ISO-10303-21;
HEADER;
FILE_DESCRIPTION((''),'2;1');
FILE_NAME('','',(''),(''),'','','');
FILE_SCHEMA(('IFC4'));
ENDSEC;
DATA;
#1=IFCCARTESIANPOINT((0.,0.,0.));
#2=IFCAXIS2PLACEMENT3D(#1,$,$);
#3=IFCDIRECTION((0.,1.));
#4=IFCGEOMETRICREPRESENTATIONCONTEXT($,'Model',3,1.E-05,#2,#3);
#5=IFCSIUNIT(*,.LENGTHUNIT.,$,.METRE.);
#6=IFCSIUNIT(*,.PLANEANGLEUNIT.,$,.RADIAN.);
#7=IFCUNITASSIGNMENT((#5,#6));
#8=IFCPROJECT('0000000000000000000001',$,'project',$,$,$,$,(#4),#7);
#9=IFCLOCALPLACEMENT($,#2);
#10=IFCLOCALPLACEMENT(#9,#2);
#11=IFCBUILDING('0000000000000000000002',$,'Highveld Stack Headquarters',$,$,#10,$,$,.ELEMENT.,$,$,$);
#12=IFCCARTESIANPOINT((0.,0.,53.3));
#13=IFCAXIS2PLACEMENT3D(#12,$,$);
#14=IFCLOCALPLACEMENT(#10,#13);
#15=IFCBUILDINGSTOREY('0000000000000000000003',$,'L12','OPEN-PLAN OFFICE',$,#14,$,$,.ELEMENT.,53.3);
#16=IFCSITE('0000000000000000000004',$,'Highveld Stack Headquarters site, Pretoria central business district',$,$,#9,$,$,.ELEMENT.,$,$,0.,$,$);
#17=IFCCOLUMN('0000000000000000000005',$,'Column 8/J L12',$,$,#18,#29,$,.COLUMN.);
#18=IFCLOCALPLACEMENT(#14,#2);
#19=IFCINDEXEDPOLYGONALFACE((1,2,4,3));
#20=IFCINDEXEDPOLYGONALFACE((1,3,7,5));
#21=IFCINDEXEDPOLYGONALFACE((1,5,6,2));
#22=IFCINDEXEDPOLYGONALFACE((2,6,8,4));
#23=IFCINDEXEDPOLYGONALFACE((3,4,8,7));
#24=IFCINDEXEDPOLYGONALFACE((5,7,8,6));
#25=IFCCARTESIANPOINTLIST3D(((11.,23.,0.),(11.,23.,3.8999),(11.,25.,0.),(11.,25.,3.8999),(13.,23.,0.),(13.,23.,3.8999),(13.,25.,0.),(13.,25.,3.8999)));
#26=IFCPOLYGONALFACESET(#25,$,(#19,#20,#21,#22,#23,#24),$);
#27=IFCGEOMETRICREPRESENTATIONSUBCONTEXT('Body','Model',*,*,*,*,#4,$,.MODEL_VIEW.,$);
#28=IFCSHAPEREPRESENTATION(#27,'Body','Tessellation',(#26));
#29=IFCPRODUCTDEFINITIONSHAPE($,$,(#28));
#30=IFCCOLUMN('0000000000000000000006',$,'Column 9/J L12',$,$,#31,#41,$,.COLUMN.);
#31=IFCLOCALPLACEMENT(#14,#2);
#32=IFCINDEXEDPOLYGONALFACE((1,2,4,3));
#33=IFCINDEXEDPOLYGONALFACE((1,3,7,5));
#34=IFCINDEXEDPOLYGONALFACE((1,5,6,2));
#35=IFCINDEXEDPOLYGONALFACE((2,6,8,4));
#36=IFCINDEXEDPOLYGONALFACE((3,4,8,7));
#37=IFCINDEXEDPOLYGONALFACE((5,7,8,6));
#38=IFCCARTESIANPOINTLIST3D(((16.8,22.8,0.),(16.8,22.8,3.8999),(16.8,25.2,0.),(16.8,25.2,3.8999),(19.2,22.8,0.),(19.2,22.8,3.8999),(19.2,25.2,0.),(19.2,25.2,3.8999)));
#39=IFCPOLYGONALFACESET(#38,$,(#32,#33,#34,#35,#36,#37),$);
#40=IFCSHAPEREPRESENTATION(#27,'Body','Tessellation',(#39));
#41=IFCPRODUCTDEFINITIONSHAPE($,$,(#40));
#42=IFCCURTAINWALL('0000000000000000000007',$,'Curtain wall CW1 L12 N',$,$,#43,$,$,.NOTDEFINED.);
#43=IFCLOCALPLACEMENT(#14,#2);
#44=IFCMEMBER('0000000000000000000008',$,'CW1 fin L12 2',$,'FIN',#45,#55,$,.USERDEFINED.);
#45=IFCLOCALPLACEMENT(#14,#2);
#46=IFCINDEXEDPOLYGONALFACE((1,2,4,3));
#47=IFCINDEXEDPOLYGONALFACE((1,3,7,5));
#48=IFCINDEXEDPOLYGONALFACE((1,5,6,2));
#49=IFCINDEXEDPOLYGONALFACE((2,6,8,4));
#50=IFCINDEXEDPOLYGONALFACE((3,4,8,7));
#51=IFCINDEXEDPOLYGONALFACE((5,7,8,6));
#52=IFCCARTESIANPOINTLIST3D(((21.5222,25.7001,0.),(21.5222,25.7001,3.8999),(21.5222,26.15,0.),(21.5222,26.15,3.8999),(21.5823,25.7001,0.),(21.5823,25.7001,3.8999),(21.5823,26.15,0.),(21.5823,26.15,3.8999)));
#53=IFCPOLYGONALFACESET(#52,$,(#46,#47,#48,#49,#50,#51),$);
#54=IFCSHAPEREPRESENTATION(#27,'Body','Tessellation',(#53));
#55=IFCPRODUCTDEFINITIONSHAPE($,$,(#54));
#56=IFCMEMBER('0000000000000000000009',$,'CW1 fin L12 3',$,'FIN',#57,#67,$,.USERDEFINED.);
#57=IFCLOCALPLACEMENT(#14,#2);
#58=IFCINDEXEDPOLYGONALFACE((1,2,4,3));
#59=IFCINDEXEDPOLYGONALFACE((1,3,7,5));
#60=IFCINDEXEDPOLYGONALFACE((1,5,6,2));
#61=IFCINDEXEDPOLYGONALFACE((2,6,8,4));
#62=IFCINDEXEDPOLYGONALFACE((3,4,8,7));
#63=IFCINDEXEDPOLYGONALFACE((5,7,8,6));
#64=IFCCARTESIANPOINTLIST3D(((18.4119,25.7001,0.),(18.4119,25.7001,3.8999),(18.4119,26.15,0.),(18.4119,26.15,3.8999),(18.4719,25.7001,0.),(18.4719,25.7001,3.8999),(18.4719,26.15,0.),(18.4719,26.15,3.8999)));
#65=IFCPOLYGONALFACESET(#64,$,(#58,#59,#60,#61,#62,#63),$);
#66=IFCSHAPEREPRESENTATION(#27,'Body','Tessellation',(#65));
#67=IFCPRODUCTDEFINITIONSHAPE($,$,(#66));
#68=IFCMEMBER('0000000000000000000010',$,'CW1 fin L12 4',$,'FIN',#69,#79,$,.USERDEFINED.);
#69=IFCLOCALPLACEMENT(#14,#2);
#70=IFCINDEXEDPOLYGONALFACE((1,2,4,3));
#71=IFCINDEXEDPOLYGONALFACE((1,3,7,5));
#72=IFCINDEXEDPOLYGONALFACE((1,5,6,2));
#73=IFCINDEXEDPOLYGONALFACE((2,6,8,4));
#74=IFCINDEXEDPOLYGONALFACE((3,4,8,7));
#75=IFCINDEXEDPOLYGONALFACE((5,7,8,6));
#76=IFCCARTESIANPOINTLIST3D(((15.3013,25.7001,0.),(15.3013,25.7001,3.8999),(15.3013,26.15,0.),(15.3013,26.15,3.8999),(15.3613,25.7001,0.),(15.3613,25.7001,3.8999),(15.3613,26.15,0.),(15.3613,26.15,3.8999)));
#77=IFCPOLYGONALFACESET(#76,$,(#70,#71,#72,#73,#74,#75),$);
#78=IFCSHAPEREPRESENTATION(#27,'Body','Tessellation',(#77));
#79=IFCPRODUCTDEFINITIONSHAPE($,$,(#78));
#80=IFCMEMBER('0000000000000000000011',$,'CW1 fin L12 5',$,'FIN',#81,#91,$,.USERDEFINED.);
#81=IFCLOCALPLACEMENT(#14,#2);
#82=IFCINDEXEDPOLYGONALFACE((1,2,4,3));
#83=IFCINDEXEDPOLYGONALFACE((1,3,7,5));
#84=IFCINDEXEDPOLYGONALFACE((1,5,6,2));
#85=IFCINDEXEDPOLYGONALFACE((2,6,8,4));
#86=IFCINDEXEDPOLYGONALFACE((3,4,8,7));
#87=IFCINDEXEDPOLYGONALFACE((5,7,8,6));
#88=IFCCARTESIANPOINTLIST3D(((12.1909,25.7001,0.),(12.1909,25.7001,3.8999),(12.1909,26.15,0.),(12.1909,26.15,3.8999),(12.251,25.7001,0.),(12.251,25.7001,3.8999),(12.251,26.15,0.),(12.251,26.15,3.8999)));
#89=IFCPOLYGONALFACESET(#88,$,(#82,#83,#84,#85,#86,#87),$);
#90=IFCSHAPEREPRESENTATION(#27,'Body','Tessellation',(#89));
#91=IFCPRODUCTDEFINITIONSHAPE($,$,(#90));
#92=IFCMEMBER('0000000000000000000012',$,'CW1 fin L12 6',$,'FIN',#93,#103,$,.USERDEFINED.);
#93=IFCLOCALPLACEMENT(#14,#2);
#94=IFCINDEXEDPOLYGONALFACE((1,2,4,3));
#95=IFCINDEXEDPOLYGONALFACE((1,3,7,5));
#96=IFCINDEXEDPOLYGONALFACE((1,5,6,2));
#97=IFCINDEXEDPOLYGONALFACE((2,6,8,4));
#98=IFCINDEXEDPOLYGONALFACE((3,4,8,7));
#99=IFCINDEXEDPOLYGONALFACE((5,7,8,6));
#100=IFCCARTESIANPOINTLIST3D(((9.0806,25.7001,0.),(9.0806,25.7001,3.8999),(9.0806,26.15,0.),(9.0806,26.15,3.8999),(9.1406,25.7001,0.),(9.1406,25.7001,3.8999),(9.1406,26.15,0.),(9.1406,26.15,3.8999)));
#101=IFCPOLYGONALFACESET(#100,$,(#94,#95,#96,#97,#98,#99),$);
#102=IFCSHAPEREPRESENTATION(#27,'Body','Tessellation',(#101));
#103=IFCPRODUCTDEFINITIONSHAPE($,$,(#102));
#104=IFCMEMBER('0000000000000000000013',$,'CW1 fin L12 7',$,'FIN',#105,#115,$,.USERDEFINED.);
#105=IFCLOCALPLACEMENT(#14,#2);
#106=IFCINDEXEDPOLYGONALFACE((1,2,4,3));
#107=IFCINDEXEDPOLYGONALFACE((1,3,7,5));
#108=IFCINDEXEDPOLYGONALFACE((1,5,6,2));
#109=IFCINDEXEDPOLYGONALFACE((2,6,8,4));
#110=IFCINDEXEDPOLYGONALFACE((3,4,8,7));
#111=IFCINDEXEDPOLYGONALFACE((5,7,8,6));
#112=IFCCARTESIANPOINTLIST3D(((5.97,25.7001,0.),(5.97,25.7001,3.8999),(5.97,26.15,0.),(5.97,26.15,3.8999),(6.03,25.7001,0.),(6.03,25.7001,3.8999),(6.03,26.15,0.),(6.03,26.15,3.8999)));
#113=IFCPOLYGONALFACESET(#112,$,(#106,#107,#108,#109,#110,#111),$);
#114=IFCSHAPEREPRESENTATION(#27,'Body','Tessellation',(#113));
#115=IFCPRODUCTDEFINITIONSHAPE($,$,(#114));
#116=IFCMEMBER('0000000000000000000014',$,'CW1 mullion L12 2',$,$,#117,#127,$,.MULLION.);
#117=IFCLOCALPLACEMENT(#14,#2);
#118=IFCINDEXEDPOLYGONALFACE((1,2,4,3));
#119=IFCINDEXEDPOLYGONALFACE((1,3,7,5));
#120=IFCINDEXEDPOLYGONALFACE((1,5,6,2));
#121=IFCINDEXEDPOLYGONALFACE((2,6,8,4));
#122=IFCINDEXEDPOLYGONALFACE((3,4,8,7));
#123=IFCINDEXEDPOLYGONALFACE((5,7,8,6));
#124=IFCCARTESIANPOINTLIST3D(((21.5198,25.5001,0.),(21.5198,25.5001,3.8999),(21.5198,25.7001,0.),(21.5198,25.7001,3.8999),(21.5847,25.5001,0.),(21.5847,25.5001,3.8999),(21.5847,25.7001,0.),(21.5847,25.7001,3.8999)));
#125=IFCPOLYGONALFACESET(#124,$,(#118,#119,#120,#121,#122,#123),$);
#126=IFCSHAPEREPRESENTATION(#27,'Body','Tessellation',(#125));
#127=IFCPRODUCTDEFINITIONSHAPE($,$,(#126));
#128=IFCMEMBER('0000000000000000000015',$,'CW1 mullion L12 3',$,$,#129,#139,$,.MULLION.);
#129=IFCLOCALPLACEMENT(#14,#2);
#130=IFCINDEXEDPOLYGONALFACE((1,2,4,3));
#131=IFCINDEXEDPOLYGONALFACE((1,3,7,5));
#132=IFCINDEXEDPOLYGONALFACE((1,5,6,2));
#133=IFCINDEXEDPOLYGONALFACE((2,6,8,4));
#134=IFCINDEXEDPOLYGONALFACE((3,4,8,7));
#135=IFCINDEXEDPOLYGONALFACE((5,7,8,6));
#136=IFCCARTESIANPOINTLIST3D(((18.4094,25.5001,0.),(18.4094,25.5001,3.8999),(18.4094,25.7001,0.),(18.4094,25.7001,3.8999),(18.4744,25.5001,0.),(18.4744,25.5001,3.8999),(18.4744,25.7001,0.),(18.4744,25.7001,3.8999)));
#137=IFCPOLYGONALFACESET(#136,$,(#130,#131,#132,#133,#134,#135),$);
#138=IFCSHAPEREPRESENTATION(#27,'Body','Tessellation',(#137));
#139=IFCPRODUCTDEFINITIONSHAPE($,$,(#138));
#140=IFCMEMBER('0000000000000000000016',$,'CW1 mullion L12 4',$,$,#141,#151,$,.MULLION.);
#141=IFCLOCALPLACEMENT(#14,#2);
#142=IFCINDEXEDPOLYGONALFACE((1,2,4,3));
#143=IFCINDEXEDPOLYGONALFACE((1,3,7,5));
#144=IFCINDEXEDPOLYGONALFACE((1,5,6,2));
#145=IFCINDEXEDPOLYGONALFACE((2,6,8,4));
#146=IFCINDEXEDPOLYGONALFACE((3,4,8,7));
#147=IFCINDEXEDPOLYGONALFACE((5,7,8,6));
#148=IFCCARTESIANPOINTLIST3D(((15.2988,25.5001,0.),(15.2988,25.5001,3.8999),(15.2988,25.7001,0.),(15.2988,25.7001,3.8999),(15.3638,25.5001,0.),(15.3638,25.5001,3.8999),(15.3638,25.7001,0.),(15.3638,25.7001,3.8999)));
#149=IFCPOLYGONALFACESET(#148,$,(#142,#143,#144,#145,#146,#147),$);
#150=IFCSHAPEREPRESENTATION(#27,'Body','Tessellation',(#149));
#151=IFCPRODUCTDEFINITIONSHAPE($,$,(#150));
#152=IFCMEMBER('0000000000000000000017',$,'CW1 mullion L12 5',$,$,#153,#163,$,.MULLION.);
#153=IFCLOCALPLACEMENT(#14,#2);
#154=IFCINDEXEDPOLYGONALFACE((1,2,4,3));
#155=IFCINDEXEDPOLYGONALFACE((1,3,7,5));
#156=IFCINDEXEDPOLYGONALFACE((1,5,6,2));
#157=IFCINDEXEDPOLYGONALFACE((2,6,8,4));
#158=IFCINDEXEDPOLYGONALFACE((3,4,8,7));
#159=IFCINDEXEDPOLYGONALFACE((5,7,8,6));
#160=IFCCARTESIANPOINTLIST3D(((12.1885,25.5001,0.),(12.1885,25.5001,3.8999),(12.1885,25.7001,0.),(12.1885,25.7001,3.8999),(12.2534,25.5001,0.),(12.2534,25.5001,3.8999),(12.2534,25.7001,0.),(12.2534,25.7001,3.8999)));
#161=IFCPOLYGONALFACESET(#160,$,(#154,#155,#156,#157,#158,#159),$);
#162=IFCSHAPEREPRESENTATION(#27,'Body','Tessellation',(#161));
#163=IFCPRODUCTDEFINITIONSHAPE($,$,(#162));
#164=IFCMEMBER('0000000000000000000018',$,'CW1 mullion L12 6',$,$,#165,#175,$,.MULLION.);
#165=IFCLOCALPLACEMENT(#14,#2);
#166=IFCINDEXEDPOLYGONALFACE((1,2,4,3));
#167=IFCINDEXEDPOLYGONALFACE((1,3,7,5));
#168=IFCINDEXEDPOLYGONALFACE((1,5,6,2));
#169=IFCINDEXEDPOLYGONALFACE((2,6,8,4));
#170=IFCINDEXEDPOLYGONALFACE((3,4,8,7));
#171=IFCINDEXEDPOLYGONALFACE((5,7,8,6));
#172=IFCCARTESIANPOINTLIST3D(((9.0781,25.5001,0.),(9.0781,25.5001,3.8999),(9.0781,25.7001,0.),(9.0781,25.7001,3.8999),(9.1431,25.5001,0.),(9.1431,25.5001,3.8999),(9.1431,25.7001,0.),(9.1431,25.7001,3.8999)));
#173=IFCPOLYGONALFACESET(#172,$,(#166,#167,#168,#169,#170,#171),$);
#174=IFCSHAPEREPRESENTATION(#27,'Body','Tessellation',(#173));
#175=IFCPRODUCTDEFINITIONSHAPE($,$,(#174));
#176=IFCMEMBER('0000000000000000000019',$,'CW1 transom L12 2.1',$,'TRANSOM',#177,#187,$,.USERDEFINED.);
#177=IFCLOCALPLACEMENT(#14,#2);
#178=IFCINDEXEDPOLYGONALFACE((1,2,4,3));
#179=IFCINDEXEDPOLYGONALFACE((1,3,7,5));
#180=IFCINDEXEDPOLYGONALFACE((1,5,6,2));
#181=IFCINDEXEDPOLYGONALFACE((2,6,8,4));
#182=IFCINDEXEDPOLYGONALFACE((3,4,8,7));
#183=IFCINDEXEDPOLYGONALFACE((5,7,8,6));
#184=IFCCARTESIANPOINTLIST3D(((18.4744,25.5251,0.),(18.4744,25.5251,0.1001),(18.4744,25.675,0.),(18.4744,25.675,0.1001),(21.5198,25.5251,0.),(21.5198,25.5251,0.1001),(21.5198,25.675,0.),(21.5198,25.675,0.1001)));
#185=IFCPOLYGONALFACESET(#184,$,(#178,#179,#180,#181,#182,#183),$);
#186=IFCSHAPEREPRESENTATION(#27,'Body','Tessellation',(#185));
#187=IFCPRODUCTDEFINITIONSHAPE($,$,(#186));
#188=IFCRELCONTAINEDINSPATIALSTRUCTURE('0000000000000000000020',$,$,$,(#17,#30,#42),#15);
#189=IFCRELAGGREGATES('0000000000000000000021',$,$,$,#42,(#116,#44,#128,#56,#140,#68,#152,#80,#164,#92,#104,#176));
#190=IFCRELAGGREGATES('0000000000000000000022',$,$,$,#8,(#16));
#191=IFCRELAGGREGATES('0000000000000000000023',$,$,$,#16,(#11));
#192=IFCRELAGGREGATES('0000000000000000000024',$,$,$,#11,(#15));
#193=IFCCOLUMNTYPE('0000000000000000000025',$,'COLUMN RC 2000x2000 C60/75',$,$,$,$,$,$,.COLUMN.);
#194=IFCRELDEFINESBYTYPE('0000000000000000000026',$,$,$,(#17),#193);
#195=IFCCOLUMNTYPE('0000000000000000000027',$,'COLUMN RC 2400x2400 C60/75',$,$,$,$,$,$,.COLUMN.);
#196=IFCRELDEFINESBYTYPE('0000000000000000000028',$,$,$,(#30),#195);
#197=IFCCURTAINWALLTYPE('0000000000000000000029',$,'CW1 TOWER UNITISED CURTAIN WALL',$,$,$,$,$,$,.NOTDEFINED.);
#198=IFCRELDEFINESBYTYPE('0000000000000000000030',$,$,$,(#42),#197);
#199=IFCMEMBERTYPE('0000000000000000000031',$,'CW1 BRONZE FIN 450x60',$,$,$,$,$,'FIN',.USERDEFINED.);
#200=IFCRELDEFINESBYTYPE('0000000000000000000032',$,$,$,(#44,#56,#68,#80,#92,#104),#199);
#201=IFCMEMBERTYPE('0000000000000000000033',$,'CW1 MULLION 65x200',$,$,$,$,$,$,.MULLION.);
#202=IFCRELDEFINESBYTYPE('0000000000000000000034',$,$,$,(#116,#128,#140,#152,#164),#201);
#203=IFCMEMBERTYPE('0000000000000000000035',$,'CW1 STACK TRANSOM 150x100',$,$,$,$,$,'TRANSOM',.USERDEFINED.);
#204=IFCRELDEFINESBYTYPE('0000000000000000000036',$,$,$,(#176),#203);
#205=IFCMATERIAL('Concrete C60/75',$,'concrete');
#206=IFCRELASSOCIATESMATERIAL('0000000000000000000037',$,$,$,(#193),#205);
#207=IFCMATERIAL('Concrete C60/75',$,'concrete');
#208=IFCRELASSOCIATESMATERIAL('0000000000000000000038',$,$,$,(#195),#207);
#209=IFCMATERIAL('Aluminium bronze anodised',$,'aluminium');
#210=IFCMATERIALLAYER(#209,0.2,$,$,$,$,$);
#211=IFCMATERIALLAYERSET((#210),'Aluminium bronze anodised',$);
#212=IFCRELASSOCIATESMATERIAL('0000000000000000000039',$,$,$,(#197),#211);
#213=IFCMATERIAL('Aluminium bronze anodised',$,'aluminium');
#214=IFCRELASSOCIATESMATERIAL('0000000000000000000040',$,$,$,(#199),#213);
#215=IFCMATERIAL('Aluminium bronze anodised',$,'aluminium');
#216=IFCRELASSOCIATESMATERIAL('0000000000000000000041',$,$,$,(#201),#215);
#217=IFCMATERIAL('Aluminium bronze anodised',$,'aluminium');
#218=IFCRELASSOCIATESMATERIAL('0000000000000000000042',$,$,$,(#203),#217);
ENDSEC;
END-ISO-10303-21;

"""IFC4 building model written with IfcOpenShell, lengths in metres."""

from ifc_helpers import new_model, si_unit, direction, frame, origin, origin_2d, place, context, subcontext, project, spatial, rectangle, extrude, material, layer, layer_set, material_profile, profile_set, type_object, element, aggregate, save


model = new_model("IFC4")

# Units and contexts
model_context = context("Model", 3, precision=1e-05, world=origin(), true_north=direction((0.0, 1.0)))
body_context = subcontext(model_context, "Body", "Model", "MODEL_VIEW")
ifc_project = project(units=[si_unit("LENGTHUNIT", "METRE"), si_unit("PLANEANGLEUNIT", "RADIAN")], contexts=[model_context])

# Site, building, storey
site_placement = place(None, origin())
site = spatial("IfcSite", under=ifc_project, at=site_placement, Name="Highveld Stack Headquarters site, Pretoria central business district", CompositionType="ELEMENT", RefElevation=0.0)
building_placement = place(site_placement, origin())
building = spatial("IfcBuilding", under=site, at=building_placement, Name="Highveld Stack Headquarters", CompositionType="ELEMENT")
storey_placement = place(building_placement, frame((0.0, 0.0, 53.3)))
storey = spatial("IfcBuildingStorey", under=building, at=storey_placement, Name="L12", Description="OPEN-PLAN OFFICE", CompositionType="ELEMENT", Elevation=53.3)

# Columns
ifc_material_1 = material(Name="Concrete C60/75", Category="concrete")
ifc_material_profile_1 = material_profile(ifc_material_1, rectangle(XDim=2.0, YDim=2.0, at=origin_2d()), Name="RC 2000x2000")
ifc_profile_set_1 = profile_set([ifc_material_profile_1], Name="Concrete C60/75")
column_type_1 = type_object("IfcColumnType", Name="COLUMN RC 2000x2000 C60/75", PredefinedType="COLUMN", material=ifc_profile_set_1)
column_1_placement = place(storey_placement, frame((12.0, 24.0, 0.0), z_axis=(0.0, 0.0, 1.0), x_axis=(1.0, 0.0, 0.0)))
element("IfcColumn", 1, at=column_1_placement, inside=storey, type_object=column_type_1, Name="Column 8/J L12", PredefinedType="COLUMN", context=body_context, shape_type="SweptSolid", body=[
    extrude(rectangle(XDim=2.0, YDim=2.0, at=origin_2d()), origin(), (0.0, 0.0, 1.0), 3.8999),
])
ifc_material_2 = material(Name="Concrete C60/75", Category="concrete")
ifc_material_profile_2 = material_profile(ifc_material_2, rectangle(XDim=2.3999, YDim=2.3999, at=origin_2d()), Name="RC 2400x2400")
ifc_profile_set_2 = profile_set([ifc_material_profile_2], Name="Concrete C60/75")
column_type_2 = type_object("IfcColumnType", Name="COLUMN RC 2400x2400 C60/75", PredefinedType="COLUMN", material=ifc_profile_set_2)
column_2_placement = place(storey_placement, frame((18.0, 24.0, 0.0), z_axis=(0.0, 0.0, 1.0), x_axis=(1.0, 0.0, 0.0)))
element("IfcColumn", 2, at=column_2_placement, inside=storey, type_object=column_type_2, Name="Column 9/J L12", PredefinedType="COLUMN", context=body_context, shape_type="SweptSolid", body=[
    extrude(rectangle(XDim=2.3999, YDim=2.3999, at=origin_2d()), origin(), (0.0, 0.0, 1.0), 3.8999),
])

# Curtain wall, members
ifc_material_3 = material(Name="Aluminium bronze anodised", Category="aluminium")
ifc_layer_1 = layer(ifc_material_3, 0.2)
ifc_layer_set_1 = layer_set([ifc_layer_1], Name="Aluminium bronze anodised")
curtain_wall_type = type_object("IfcCurtainWallType", Name="CW1 TOWER UNITISED CURTAIN WALL", PredefinedType="NOTDEFINED", material=ifc_layer_set_1)
curtain_wall_placement = place(storey_placement, origin())
curtain_wall = element("IfcCurtainWall", 3, at=curtain_wall_placement, inside=storey, type_object=curtain_wall_type, Name="Curtain wall CW1 L12 N", PredefinedType="NOTDEFINED")
ifc_material_4 = material(Name="Aluminium bronze anodised", Category="aluminium")
ifc_material_profile_3 = material_profile(ifc_material_4, rectangle(XDim=0.45, YDim=0.0601, at=origin_2d()), Name="FIN 450x60")
ifc_profile_set_3 = profile_set([ifc_material_profile_3], Name="Aluminium bronze anodised")
member_type_1 = type_object("IfcMemberType", Name="CW1 BRONZE FIN 450x60", ElementType="FIN", PredefinedType="USERDEFINED", material=ifc_profile_set_3)
member_1_placement = place(storey_placement, frame((21.5522, 25.925, 0.0), z_axis=(0.0, 0.0, 1.0), x_axis=(0.0, -1.0, 0.0)))
member_1 = element("IfcMember", 4, at=member_1_placement, type_object=member_type_1, Name="CW1 fin L12 2", ObjectType="FIN", PredefinedType="USERDEFINED", context=body_context, shape_type="SweptSolid", body=[
    extrude(rectangle(XDim=0.45, YDim=0.0601, at=origin_2d()), origin(), (0.0, 0.0, 1.0), 3.8999),
])
member_2_placement = place(storey_placement, frame((18.4419, 25.925, 0.0), z_axis=(0.0, 0.0, 1.0), x_axis=(0.0, -1.0, 0.0)))
member_2 = element("IfcMember", 5, at=member_2_placement, type_object=member_type_1, Name="CW1 fin L12 3", ObjectType="FIN", PredefinedType="USERDEFINED", context=body_context, shape_type="SweptSolid", body=[
    extrude(rectangle(XDim=0.45, YDim=0.0601, at=origin_2d()), origin(), (0.0, 0.0, 1.0), 3.8999),
])
member_3_placement = place(storey_placement, frame((15.3313, 25.925, 0.0), z_axis=(0.0, 0.0, 1.0), x_axis=(0.0, -1.0, 0.0)))
member_3 = element("IfcMember", 6, at=member_3_placement, type_object=member_type_1, Name="CW1 fin L12 4", ObjectType="FIN", PredefinedType="USERDEFINED", context=body_context, shape_type="SweptSolid", body=[
    extrude(rectangle(XDim=0.45, YDim=0.0601, at=origin_2d()), origin(), (0.0, 0.0, 1.0), 3.8999),
])
member_4_placement = place(storey_placement, frame((12.2209, 25.925, 0.0), z_axis=(0.0, 0.0, 1.0), x_axis=(0.0, -1.0, 0.0)))
member_4 = element("IfcMember", 7, at=member_4_placement, type_object=member_type_1, Name="CW1 fin L12 5", ObjectType="FIN", PredefinedType="USERDEFINED", context=body_context, shape_type="SweptSolid", body=[
    extrude(rectangle(XDim=0.45, YDim=0.0601, at=origin_2d()), origin(), (0.0, 0.0, 1.0), 3.8999),
])
member_5_placement = place(storey_placement, frame((9.1106, 25.925, 0.0), z_axis=(0.0, 0.0, 1.0), x_axis=(0.0, -1.0, 0.0)))
member_5 = element("IfcMember", 8, at=member_5_placement, type_object=member_type_1, Name="CW1 fin L12 6", ObjectType="FIN", PredefinedType="USERDEFINED", context=body_context, shape_type="SweptSolid", body=[
    extrude(rectangle(XDim=0.45, YDim=0.0601, at=origin_2d()), origin(), (0.0, 0.0, 1.0), 3.8999),
])
member_6_placement = place(storey_placement, frame((6.0, 25.925, 0.0), z_axis=(0.0, 0.0, 1.0), x_axis=(0.0, -1.0, 0.0)))
member_6 = element("IfcMember", 9, at=member_6_placement, type_object=member_type_1, Name="CW1 fin L12 7", ObjectType="FIN", PredefinedType="USERDEFINED", context=body_context, shape_type="SweptSolid", body=[
    extrude(rectangle(XDim=0.45, YDim=0.0601, at=origin_2d()), origin(), (0.0, 0.0, 1.0), 3.8999),
])
ifc_material_5 = material(Name="Aluminium bronze anodised", Category="aluminium")
ifc_material_profile_4 = material_profile(ifc_material_5, rectangle(XDim=0.2, YDim=0.0649, at=origin_2d()), Name="CW1 MULLION 65x200")
ifc_profile_set_4 = profile_set([ifc_material_profile_4], Name="Aluminium bronze anodised")
member_type_2 = type_object("IfcMemberType", Name="CW1 MULLION 65x200", PredefinedType="MULLION", material=ifc_profile_set_4)
member_7_placement = place(storey_placement, frame((21.5522, 25.6001, 0.0), z_axis=(0.0, 0.0, 1.0), x_axis=(0.0, -1.0, 0.0)))
member_7 = element("IfcMember", 10, at=member_7_placement, type_object=member_type_2, Name="CW1 mullion L12 2", PredefinedType="MULLION", context=body_context, shape_type="SweptSolid", body=[
    extrude(rectangle(XDim=0.2, YDim=0.0649, at=origin_2d()), origin(), (0.0, 0.0, 1.0), 3.8999),
])
member_8_placement = place(storey_placement, frame((18.4419, 25.6001, 0.0), z_axis=(0.0, 0.0, 1.0), x_axis=(0.0, -1.0, 0.0)))
member_8 = element("IfcMember", 11, at=member_8_placement, type_object=member_type_2, Name="CW1 mullion L12 3", PredefinedType="MULLION", context=body_context, shape_type="SweptSolid", body=[
    extrude(rectangle(XDim=0.2, YDim=0.0649, at=origin_2d()), origin(), (0.0, 0.0, 1.0), 3.8999),
])
member_9_placement = place(storey_placement, frame((15.3313, 25.6001, 0.0), z_axis=(0.0, 0.0, 1.0), x_axis=(0.0, -1.0, 0.0)))
member_9 = element("IfcMember", 12, at=member_9_placement, type_object=member_type_2, Name="CW1 mullion L12 4", PredefinedType="MULLION", context=body_context, shape_type="SweptSolid", body=[
    extrude(rectangle(XDim=0.2, YDim=0.0649, at=origin_2d()), origin(), (0.0, 0.0, 1.0), 3.8999),
])
member_10_placement = place(storey_placement, frame((12.2209, 25.6001, 0.0), z_axis=(0.0, 0.0, 1.0), x_axis=(0.0, -1.0, 0.0)))
member_10 = element("IfcMember", 13, at=member_10_placement, type_object=member_type_2, Name="CW1 mullion L12 5", PredefinedType="MULLION", context=body_context, shape_type="SweptSolid", body=[
    extrude(rectangle(XDim=0.2, YDim=0.0649, at=origin_2d()), origin(), (0.0, 0.0, 1.0), 3.8999),
])
member_11_placement = place(storey_placement, frame((9.1106, 25.6001, 0.0), z_axis=(0.0, 0.0, 1.0), x_axis=(0.0, -1.0, 0.0)))
member_11 = element("IfcMember", 14, at=member_11_placement, type_object=member_type_2, Name="CW1 mullion L12 6", PredefinedType="MULLION", context=body_context, shape_type="SweptSolid", body=[
    extrude(rectangle(XDim=0.2, YDim=0.0649, at=origin_2d()), origin(), (0.0, 0.0, 1.0), 3.8999),
])
ifc_material_6 = material(Name="Aluminium bronze anodised", Category="aluminium")
ifc_material_profile_5 = material_profile(ifc_material_6, rectangle(XDim=0.1499, YDim=0.1001, at=origin_2d()), Name="CW1 TRANSOM 150x100")
ifc_profile_set_5 = profile_set([ifc_material_profile_5], Name="Aluminium bronze anodised")
member_type_3 = type_object("IfcMemberType", Name="CW1 STACK TRANSOM 150x100", ElementType="TRANSOM", PredefinedType="USERDEFINED", material=ifc_profile_set_5)
member_12_placement = place(storey_placement, frame((21.5198, 25.6001, 0.05), z_axis=(-1.0, 0.0, 0.0), x_axis=(0.0, -1.0, 0.0)))
member_12 = element("IfcMember", 15, at=member_12_placement, type_object=member_type_3, Name="CW1 transom L12 2.1", ObjectType="TRANSOM", PredefinedType="USERDEFINED", context=body_context, shape_type="SweptSolid", body=[
    extrude(rectangle(XDim=0.1499, YDim=0.1001, at=origin_2d()), origin(), (0.0, 0.0, 1.0), 3.0454),
])
aggregate(curtain_wall, [member_7, member_1, member_8, member_2, member_9, member_3, member_10, member_4, member_11, member_5, member_6, member_12])

save(model, "model.ifc")
